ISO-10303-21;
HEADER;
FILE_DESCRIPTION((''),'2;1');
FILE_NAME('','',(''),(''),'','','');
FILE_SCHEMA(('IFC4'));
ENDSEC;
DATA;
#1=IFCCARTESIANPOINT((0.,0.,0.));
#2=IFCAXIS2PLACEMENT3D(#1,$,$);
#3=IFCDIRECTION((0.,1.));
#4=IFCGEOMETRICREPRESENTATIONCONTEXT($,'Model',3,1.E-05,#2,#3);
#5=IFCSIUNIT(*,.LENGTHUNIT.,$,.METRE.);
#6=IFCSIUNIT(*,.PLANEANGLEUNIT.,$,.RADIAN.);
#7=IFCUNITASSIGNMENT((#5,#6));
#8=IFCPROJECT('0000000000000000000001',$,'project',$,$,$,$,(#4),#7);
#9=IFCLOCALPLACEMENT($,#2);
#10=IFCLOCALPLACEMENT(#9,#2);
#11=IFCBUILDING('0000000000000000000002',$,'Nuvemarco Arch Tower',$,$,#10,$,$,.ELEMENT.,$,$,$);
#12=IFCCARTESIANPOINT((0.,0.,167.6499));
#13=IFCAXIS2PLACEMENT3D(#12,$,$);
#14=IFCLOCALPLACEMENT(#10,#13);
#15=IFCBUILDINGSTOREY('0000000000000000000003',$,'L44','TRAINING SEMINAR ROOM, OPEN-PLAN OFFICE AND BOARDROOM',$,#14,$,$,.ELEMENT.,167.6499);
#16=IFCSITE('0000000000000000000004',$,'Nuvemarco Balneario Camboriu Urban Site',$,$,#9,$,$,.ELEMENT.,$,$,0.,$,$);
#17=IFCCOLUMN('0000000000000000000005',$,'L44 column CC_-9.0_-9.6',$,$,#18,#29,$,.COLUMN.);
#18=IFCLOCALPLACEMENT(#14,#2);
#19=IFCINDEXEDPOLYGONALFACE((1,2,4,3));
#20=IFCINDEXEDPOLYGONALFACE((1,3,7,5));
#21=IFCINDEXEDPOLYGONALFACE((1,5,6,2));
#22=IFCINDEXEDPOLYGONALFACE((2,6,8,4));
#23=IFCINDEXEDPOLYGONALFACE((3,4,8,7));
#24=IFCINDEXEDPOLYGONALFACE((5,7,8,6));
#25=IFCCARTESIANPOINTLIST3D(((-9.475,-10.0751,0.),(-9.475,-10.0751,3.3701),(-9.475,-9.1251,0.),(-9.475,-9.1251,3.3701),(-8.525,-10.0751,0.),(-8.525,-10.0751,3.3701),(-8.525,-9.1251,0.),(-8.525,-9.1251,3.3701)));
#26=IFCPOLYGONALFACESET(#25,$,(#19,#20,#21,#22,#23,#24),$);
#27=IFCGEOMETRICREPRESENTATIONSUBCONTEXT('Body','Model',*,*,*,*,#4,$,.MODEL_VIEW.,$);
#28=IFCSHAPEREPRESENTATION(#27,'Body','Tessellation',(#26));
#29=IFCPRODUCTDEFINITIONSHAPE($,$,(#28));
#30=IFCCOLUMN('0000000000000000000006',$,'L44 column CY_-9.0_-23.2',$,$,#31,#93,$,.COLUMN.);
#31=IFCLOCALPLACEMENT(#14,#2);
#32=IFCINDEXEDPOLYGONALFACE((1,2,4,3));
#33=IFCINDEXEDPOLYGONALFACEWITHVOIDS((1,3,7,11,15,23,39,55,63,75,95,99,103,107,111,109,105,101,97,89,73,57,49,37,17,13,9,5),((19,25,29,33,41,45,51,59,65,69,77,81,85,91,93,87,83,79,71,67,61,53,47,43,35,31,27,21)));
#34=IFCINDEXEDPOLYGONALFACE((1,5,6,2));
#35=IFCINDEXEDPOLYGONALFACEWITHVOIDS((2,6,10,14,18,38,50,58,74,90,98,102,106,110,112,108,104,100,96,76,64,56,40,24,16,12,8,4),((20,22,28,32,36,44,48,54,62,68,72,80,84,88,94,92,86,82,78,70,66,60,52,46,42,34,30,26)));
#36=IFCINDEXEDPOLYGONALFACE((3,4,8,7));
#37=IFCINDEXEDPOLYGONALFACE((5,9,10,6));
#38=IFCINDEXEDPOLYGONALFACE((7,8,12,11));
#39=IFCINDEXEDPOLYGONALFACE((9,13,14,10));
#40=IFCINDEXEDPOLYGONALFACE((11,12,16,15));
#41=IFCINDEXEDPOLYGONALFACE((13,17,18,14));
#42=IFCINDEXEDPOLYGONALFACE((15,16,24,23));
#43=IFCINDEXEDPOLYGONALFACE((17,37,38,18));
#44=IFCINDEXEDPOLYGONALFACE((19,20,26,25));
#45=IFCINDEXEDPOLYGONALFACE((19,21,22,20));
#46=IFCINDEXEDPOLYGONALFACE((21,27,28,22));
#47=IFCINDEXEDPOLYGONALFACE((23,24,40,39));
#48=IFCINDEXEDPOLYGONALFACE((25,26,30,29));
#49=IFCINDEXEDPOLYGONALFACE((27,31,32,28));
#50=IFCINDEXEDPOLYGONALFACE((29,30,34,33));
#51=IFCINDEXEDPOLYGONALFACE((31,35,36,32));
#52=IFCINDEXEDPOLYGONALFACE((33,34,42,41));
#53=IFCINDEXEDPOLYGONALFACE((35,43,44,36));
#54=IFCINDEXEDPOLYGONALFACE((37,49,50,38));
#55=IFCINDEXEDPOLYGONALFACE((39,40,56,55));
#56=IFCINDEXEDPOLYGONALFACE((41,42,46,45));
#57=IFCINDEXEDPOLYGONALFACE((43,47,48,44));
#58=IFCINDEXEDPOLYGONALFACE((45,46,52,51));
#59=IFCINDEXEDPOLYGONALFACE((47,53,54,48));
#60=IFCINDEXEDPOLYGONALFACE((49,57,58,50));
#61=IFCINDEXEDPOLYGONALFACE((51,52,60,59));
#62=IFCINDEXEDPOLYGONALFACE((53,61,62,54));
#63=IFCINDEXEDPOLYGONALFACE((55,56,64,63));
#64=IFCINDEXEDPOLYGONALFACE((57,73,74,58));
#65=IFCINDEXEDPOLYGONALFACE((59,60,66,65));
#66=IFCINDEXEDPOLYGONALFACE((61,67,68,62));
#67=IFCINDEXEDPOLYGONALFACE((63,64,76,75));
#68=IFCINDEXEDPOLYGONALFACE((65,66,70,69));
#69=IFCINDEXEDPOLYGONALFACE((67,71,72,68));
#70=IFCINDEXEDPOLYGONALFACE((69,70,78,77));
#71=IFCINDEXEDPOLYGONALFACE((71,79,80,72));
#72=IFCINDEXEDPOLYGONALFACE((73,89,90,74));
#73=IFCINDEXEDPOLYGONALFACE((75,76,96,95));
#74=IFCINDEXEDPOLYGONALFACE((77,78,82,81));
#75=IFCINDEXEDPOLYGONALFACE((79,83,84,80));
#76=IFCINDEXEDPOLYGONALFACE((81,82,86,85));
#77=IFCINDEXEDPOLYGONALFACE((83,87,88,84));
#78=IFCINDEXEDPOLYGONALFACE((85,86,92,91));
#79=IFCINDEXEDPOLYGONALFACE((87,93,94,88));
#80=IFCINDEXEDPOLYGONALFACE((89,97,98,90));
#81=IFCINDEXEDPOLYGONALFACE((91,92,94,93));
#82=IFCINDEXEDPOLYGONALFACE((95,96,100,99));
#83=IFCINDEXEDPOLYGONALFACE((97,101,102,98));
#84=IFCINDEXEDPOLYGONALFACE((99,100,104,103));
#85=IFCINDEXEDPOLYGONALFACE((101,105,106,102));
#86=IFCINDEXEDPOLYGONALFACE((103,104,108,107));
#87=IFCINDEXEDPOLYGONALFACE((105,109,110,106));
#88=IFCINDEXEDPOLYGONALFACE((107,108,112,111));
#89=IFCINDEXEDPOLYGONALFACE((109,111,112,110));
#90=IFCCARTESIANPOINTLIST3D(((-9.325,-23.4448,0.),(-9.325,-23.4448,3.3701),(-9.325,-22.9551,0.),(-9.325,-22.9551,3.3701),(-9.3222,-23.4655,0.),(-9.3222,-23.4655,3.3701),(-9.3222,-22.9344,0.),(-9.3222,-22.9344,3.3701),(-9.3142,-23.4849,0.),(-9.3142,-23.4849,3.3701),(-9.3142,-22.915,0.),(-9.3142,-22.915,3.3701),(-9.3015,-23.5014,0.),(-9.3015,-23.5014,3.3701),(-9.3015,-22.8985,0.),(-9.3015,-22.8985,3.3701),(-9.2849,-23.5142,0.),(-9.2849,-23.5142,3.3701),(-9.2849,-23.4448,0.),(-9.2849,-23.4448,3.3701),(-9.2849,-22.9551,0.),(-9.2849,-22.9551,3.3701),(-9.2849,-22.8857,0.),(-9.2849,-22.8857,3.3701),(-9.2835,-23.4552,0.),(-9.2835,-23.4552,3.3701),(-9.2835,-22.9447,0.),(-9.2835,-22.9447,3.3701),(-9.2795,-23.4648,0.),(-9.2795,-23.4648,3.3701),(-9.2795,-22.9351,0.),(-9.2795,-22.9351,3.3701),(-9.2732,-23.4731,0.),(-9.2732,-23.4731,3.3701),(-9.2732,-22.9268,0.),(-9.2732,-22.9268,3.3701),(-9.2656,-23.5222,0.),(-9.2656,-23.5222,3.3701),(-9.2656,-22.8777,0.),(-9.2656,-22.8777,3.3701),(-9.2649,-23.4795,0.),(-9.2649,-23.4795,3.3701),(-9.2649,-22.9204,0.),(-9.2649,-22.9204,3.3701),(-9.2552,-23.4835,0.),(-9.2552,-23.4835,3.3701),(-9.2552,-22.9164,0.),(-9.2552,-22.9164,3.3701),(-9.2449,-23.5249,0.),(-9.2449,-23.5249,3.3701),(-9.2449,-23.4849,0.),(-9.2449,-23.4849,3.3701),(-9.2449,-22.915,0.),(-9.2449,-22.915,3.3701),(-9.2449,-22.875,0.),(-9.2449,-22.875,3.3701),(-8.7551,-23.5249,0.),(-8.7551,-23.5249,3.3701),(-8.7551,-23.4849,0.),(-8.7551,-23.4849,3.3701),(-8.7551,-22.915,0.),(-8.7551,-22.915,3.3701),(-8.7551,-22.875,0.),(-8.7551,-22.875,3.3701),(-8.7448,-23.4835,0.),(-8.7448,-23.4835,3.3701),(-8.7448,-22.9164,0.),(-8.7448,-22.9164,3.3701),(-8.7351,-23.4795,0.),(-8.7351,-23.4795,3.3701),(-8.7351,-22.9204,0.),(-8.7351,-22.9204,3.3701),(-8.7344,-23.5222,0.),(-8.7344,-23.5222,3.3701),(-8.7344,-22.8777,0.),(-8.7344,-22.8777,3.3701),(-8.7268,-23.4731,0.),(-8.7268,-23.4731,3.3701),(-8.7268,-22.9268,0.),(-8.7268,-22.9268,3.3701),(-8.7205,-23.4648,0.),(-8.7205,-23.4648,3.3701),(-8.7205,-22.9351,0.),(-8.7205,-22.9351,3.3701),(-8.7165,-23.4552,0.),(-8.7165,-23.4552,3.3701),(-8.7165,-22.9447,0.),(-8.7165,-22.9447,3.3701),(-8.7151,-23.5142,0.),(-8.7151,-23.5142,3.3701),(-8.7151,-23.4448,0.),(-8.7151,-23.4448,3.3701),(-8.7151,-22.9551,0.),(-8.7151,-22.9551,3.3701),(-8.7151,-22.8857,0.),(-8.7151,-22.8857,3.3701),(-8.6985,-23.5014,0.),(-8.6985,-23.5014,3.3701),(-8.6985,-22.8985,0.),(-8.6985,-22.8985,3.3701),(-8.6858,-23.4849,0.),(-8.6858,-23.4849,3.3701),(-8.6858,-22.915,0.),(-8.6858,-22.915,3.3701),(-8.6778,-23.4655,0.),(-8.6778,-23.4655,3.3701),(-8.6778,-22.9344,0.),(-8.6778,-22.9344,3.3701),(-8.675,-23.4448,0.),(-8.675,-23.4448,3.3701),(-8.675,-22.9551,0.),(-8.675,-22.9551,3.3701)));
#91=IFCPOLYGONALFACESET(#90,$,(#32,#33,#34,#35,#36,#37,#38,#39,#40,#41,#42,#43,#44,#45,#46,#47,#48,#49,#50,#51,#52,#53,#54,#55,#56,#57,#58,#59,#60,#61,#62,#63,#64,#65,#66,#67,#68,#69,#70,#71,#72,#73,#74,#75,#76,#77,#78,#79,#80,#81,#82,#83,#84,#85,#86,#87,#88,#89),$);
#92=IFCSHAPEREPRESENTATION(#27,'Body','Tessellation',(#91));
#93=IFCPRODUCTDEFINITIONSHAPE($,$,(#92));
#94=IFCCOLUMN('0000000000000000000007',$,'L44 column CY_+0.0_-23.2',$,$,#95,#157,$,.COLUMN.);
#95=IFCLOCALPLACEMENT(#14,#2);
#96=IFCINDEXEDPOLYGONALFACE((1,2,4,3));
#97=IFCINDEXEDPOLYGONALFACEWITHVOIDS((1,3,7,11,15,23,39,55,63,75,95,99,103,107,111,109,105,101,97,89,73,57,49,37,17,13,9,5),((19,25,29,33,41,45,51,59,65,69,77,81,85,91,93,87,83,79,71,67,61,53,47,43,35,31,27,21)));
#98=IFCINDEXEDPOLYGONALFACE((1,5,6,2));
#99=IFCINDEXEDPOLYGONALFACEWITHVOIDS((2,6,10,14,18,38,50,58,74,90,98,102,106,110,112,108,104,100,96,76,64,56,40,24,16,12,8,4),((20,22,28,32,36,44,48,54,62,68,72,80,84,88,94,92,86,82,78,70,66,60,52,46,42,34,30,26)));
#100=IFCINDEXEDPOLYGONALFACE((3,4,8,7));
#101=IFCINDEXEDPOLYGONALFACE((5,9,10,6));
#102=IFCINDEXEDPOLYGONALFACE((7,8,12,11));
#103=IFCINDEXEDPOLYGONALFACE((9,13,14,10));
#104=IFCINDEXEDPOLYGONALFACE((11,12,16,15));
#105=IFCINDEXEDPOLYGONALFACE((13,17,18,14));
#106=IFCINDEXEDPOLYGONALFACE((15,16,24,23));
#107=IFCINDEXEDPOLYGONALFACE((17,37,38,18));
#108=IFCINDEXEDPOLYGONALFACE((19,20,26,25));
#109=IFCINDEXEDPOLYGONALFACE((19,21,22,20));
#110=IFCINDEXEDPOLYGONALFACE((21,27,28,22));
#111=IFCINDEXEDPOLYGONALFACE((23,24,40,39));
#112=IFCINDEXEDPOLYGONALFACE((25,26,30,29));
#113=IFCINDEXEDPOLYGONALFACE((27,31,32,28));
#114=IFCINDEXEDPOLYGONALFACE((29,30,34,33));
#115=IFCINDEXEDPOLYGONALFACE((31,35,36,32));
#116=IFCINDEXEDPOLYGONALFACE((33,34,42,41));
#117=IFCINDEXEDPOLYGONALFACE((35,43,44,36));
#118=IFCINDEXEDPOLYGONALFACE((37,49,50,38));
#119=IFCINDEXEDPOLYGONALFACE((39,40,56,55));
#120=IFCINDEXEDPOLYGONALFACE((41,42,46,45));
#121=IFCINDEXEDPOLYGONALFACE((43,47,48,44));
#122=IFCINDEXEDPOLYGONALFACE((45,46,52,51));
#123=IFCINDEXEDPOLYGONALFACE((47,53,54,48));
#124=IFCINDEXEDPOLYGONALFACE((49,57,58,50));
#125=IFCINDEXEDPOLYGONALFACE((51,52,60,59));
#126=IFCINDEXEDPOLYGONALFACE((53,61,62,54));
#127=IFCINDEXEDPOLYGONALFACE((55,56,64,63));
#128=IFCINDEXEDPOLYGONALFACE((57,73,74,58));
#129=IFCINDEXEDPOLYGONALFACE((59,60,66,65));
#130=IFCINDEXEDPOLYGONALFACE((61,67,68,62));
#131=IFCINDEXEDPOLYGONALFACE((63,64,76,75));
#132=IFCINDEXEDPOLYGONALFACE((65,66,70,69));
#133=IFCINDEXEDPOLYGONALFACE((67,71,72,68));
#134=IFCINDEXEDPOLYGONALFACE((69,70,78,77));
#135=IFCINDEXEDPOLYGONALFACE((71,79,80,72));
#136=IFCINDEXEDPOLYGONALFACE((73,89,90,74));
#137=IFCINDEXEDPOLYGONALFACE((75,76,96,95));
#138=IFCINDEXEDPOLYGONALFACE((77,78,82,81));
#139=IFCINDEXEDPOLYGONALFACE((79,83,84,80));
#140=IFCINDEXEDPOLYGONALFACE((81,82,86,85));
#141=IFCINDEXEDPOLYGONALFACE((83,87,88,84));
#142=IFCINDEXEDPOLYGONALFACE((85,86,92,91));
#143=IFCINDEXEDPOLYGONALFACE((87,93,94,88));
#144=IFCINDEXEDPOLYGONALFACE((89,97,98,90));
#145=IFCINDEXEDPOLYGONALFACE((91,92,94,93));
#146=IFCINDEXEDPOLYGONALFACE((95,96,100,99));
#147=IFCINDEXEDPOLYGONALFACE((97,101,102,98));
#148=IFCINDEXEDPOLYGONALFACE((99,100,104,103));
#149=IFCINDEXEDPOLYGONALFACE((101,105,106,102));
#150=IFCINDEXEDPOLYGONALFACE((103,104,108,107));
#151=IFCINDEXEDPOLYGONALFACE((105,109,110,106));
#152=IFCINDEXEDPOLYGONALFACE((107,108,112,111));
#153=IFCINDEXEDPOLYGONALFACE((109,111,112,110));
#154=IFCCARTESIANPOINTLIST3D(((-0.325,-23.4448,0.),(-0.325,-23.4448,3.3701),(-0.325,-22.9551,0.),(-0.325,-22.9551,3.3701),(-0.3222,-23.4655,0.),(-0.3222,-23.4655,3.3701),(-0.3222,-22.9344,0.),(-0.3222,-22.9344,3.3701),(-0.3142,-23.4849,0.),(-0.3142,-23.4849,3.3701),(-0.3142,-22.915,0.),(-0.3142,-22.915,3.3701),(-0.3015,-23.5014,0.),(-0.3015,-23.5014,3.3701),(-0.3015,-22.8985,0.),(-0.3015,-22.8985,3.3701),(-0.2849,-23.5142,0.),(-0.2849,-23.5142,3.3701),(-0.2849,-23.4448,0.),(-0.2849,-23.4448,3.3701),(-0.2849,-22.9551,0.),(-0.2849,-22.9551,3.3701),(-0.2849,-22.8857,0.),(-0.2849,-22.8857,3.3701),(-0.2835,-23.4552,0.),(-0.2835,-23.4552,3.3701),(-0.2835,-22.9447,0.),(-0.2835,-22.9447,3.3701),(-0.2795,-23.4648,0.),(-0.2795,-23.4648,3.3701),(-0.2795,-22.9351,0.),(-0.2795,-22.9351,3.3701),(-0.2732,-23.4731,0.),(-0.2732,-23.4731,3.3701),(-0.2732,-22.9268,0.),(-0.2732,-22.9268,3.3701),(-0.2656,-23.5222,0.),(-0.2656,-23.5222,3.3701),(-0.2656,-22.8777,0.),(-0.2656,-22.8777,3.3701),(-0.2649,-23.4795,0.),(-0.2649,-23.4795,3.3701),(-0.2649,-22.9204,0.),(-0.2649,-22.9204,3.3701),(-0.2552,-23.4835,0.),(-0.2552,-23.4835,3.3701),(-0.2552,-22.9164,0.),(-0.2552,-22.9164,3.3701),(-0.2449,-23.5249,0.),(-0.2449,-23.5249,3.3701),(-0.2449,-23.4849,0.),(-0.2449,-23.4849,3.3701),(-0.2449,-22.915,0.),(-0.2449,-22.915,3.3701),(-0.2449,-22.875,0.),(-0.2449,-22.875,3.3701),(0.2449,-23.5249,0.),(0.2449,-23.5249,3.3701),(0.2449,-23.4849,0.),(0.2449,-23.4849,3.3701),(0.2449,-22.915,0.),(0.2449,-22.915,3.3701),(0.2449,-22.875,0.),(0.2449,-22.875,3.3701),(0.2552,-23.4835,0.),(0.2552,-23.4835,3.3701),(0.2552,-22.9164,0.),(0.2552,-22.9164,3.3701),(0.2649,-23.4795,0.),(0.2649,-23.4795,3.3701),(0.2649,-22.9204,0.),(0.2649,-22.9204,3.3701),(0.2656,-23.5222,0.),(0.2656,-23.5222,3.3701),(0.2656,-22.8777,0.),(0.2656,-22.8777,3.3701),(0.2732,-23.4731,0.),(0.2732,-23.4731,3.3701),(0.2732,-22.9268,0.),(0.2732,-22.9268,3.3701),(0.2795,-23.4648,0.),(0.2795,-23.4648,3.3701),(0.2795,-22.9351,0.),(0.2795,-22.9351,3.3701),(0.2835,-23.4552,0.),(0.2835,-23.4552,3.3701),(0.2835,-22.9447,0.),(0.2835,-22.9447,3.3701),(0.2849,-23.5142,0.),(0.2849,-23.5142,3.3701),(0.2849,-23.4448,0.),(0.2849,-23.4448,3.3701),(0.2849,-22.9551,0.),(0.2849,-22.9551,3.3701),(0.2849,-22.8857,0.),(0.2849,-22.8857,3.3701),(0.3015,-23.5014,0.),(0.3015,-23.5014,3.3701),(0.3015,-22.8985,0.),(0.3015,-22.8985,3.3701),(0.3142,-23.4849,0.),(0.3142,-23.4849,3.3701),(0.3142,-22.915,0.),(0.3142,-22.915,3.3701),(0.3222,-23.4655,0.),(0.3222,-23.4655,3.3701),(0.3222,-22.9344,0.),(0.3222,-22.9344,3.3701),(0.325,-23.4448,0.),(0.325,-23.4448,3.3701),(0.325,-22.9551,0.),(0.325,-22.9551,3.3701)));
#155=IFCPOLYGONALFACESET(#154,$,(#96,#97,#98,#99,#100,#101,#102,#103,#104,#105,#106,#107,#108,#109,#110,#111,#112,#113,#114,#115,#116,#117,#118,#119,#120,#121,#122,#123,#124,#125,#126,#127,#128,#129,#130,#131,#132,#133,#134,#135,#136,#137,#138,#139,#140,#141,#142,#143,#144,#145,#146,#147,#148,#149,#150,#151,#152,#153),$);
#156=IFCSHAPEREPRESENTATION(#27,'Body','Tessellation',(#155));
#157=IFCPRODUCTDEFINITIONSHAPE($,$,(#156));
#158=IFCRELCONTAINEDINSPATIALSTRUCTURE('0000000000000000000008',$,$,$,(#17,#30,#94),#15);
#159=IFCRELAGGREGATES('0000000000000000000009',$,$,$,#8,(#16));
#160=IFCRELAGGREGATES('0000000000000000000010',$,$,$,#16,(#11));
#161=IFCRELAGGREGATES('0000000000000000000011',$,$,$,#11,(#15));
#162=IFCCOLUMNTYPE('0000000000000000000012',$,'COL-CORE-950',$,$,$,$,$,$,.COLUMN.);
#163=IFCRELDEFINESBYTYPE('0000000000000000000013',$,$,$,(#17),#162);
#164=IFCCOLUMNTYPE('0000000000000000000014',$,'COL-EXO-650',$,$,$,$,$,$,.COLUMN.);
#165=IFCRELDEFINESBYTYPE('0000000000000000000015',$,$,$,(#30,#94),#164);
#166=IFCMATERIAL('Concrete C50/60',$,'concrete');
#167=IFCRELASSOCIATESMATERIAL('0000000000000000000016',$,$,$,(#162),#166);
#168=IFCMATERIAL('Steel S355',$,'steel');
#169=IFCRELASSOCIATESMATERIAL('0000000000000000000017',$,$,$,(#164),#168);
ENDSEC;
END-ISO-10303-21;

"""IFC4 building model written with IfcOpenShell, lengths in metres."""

from ifc_helpers import new_model, si_unit, direction, frame, origin, origin_2d, place, context, subcontext, project, spatial, rectangle, hollow_rectangle, extrude, material, material_profile, profile_set, type_object, element, save


model = new_model("IFC4")

# Units and contexts
model_context = context("Model", 3, precision=1e-05, world=origin(), true_north=direction((0.0, 1.0)))
body_context = subcontext(model_context, "Body", "Model", "MODEL_VIEW")
ifc_project = project(units=[si_unit("LENGTHUNIT", "METRE"), si_unit("PLANEANGLEUNIT", "RADIAN")], contexts=[model_context])

# Site, building, storey
site_placement = place(None, origin())
site = spatial("IfcSite", under=ifc_project, at=site_placement, Name="Nuvemarco Balneario Camboriu Urban Site", CompositionType="ELEMENT", RefElevation=0.0)
building_placement = place(site_placement, origin())
building = spatial("IfcBuilding", under=site, at=building_placement, Name="Nuvemarco Arch Tower", CompositionType="ELEMENT")
storey_placement = place(building_placement, frame((0.0, 0.0, 167.6499)))
storey = spatial("IfcBuildingStorey", under=building, at=storey_placement, Name="L44", Description="TRAINING SEMINAR ROOM, OPEN-PLAN OFFICE AND BOARDROOM", CompositionType="ELEMENT", Elevation=167.6499)

# Columns
ifc_material_1 = material(Name="Concrete C50/60", Category="concrete")
ifc_material_profile_1 = material_profile(ifc_material_1, rectangle(XDim=0.95, YDim=0.95, at=origin_2d()), Name="RC-COL-950x950")
ifc_profile_set_1 = profile_set([ifc_material_profile_1], Name="Concrete C50/60")
column_type_1 = type_object("IfcColumnType", Name="COL-CORE-950", PredefinedType="COLUMN", material=ifc_profile_set_1)
column_placement = place(storey_placement, frame((-9.0, -9.6001, 0.0), z_axis=(0.0, 0.0, 1.0), x_axis=(1.0, 0.0, 0.0)))
element("IfcColumn", 1, at=column_placement, inside=storey, type_object=column_type_1, Name="L44 column CC_-9.0_-9.6", PredefinedType="COLUMN", context=body_context, shape_type="SweptSolid", body=[
    extrude(rectangle(XDim=0.95, YDim=0.95, at=origin_2d()), origin(), (0.0, 0.0, 1.0), 3.3701),
])
ifc_material_2 = material(Name="Steel S355", Category="steel")
ifc_material_profile_2 = material_profile(ifc_material_2, hollow_rectangle(XDim=0.6499, YDim=0.6499, WallThickness=0.04, InnerFilletRadius=0.04, OuterFilletRadius=0.0801, at=origin_2d()), Name="SHS650x650x40")
ifc_profile_set_2 = profile_set([ifc_material_profile_2], Name="Steel S355")
column_type_2 = type_object("IfcColumnType", Name="COL-EXO-650", PredefinedType="COLUMN", material=ifc_profile_set_2)
for number, where, z_axis, x_axis, name in (
    (2, (-9.0, -23.2, 0.0), (0.0, 0.0, 1.0), (1.0, 0.0, 0.0), "L44 column CY_-9.0_-23.2"),
    (3, (0.0, -23.2, 0.0), (0.0, 0.0, 1.0), (1.0, 0.0, 0.0), "L44 column CY_+0.0_-23.2"),
):
    element("IfcColumn", number, at=place(storey_placement, frame(where, z_axis=z_axis, x_axis=x_axis)), inside=storey, type_object=column_type_2, Name=name, PredefinedType="COLUMN", context=body_context, shape_type="SweptSolid", body=[
        extrude(hollow_rectangle(XDim=0.6499, YDim=0.6499, WallThickness=0.04, InnerFilletRadius=0.04, OuterFilletRadius=0.0801, at=origin_2d()), origin(), (0.0, 0.0, 1.0), 3.3701),
    ])

save(model, "model.ifc")
